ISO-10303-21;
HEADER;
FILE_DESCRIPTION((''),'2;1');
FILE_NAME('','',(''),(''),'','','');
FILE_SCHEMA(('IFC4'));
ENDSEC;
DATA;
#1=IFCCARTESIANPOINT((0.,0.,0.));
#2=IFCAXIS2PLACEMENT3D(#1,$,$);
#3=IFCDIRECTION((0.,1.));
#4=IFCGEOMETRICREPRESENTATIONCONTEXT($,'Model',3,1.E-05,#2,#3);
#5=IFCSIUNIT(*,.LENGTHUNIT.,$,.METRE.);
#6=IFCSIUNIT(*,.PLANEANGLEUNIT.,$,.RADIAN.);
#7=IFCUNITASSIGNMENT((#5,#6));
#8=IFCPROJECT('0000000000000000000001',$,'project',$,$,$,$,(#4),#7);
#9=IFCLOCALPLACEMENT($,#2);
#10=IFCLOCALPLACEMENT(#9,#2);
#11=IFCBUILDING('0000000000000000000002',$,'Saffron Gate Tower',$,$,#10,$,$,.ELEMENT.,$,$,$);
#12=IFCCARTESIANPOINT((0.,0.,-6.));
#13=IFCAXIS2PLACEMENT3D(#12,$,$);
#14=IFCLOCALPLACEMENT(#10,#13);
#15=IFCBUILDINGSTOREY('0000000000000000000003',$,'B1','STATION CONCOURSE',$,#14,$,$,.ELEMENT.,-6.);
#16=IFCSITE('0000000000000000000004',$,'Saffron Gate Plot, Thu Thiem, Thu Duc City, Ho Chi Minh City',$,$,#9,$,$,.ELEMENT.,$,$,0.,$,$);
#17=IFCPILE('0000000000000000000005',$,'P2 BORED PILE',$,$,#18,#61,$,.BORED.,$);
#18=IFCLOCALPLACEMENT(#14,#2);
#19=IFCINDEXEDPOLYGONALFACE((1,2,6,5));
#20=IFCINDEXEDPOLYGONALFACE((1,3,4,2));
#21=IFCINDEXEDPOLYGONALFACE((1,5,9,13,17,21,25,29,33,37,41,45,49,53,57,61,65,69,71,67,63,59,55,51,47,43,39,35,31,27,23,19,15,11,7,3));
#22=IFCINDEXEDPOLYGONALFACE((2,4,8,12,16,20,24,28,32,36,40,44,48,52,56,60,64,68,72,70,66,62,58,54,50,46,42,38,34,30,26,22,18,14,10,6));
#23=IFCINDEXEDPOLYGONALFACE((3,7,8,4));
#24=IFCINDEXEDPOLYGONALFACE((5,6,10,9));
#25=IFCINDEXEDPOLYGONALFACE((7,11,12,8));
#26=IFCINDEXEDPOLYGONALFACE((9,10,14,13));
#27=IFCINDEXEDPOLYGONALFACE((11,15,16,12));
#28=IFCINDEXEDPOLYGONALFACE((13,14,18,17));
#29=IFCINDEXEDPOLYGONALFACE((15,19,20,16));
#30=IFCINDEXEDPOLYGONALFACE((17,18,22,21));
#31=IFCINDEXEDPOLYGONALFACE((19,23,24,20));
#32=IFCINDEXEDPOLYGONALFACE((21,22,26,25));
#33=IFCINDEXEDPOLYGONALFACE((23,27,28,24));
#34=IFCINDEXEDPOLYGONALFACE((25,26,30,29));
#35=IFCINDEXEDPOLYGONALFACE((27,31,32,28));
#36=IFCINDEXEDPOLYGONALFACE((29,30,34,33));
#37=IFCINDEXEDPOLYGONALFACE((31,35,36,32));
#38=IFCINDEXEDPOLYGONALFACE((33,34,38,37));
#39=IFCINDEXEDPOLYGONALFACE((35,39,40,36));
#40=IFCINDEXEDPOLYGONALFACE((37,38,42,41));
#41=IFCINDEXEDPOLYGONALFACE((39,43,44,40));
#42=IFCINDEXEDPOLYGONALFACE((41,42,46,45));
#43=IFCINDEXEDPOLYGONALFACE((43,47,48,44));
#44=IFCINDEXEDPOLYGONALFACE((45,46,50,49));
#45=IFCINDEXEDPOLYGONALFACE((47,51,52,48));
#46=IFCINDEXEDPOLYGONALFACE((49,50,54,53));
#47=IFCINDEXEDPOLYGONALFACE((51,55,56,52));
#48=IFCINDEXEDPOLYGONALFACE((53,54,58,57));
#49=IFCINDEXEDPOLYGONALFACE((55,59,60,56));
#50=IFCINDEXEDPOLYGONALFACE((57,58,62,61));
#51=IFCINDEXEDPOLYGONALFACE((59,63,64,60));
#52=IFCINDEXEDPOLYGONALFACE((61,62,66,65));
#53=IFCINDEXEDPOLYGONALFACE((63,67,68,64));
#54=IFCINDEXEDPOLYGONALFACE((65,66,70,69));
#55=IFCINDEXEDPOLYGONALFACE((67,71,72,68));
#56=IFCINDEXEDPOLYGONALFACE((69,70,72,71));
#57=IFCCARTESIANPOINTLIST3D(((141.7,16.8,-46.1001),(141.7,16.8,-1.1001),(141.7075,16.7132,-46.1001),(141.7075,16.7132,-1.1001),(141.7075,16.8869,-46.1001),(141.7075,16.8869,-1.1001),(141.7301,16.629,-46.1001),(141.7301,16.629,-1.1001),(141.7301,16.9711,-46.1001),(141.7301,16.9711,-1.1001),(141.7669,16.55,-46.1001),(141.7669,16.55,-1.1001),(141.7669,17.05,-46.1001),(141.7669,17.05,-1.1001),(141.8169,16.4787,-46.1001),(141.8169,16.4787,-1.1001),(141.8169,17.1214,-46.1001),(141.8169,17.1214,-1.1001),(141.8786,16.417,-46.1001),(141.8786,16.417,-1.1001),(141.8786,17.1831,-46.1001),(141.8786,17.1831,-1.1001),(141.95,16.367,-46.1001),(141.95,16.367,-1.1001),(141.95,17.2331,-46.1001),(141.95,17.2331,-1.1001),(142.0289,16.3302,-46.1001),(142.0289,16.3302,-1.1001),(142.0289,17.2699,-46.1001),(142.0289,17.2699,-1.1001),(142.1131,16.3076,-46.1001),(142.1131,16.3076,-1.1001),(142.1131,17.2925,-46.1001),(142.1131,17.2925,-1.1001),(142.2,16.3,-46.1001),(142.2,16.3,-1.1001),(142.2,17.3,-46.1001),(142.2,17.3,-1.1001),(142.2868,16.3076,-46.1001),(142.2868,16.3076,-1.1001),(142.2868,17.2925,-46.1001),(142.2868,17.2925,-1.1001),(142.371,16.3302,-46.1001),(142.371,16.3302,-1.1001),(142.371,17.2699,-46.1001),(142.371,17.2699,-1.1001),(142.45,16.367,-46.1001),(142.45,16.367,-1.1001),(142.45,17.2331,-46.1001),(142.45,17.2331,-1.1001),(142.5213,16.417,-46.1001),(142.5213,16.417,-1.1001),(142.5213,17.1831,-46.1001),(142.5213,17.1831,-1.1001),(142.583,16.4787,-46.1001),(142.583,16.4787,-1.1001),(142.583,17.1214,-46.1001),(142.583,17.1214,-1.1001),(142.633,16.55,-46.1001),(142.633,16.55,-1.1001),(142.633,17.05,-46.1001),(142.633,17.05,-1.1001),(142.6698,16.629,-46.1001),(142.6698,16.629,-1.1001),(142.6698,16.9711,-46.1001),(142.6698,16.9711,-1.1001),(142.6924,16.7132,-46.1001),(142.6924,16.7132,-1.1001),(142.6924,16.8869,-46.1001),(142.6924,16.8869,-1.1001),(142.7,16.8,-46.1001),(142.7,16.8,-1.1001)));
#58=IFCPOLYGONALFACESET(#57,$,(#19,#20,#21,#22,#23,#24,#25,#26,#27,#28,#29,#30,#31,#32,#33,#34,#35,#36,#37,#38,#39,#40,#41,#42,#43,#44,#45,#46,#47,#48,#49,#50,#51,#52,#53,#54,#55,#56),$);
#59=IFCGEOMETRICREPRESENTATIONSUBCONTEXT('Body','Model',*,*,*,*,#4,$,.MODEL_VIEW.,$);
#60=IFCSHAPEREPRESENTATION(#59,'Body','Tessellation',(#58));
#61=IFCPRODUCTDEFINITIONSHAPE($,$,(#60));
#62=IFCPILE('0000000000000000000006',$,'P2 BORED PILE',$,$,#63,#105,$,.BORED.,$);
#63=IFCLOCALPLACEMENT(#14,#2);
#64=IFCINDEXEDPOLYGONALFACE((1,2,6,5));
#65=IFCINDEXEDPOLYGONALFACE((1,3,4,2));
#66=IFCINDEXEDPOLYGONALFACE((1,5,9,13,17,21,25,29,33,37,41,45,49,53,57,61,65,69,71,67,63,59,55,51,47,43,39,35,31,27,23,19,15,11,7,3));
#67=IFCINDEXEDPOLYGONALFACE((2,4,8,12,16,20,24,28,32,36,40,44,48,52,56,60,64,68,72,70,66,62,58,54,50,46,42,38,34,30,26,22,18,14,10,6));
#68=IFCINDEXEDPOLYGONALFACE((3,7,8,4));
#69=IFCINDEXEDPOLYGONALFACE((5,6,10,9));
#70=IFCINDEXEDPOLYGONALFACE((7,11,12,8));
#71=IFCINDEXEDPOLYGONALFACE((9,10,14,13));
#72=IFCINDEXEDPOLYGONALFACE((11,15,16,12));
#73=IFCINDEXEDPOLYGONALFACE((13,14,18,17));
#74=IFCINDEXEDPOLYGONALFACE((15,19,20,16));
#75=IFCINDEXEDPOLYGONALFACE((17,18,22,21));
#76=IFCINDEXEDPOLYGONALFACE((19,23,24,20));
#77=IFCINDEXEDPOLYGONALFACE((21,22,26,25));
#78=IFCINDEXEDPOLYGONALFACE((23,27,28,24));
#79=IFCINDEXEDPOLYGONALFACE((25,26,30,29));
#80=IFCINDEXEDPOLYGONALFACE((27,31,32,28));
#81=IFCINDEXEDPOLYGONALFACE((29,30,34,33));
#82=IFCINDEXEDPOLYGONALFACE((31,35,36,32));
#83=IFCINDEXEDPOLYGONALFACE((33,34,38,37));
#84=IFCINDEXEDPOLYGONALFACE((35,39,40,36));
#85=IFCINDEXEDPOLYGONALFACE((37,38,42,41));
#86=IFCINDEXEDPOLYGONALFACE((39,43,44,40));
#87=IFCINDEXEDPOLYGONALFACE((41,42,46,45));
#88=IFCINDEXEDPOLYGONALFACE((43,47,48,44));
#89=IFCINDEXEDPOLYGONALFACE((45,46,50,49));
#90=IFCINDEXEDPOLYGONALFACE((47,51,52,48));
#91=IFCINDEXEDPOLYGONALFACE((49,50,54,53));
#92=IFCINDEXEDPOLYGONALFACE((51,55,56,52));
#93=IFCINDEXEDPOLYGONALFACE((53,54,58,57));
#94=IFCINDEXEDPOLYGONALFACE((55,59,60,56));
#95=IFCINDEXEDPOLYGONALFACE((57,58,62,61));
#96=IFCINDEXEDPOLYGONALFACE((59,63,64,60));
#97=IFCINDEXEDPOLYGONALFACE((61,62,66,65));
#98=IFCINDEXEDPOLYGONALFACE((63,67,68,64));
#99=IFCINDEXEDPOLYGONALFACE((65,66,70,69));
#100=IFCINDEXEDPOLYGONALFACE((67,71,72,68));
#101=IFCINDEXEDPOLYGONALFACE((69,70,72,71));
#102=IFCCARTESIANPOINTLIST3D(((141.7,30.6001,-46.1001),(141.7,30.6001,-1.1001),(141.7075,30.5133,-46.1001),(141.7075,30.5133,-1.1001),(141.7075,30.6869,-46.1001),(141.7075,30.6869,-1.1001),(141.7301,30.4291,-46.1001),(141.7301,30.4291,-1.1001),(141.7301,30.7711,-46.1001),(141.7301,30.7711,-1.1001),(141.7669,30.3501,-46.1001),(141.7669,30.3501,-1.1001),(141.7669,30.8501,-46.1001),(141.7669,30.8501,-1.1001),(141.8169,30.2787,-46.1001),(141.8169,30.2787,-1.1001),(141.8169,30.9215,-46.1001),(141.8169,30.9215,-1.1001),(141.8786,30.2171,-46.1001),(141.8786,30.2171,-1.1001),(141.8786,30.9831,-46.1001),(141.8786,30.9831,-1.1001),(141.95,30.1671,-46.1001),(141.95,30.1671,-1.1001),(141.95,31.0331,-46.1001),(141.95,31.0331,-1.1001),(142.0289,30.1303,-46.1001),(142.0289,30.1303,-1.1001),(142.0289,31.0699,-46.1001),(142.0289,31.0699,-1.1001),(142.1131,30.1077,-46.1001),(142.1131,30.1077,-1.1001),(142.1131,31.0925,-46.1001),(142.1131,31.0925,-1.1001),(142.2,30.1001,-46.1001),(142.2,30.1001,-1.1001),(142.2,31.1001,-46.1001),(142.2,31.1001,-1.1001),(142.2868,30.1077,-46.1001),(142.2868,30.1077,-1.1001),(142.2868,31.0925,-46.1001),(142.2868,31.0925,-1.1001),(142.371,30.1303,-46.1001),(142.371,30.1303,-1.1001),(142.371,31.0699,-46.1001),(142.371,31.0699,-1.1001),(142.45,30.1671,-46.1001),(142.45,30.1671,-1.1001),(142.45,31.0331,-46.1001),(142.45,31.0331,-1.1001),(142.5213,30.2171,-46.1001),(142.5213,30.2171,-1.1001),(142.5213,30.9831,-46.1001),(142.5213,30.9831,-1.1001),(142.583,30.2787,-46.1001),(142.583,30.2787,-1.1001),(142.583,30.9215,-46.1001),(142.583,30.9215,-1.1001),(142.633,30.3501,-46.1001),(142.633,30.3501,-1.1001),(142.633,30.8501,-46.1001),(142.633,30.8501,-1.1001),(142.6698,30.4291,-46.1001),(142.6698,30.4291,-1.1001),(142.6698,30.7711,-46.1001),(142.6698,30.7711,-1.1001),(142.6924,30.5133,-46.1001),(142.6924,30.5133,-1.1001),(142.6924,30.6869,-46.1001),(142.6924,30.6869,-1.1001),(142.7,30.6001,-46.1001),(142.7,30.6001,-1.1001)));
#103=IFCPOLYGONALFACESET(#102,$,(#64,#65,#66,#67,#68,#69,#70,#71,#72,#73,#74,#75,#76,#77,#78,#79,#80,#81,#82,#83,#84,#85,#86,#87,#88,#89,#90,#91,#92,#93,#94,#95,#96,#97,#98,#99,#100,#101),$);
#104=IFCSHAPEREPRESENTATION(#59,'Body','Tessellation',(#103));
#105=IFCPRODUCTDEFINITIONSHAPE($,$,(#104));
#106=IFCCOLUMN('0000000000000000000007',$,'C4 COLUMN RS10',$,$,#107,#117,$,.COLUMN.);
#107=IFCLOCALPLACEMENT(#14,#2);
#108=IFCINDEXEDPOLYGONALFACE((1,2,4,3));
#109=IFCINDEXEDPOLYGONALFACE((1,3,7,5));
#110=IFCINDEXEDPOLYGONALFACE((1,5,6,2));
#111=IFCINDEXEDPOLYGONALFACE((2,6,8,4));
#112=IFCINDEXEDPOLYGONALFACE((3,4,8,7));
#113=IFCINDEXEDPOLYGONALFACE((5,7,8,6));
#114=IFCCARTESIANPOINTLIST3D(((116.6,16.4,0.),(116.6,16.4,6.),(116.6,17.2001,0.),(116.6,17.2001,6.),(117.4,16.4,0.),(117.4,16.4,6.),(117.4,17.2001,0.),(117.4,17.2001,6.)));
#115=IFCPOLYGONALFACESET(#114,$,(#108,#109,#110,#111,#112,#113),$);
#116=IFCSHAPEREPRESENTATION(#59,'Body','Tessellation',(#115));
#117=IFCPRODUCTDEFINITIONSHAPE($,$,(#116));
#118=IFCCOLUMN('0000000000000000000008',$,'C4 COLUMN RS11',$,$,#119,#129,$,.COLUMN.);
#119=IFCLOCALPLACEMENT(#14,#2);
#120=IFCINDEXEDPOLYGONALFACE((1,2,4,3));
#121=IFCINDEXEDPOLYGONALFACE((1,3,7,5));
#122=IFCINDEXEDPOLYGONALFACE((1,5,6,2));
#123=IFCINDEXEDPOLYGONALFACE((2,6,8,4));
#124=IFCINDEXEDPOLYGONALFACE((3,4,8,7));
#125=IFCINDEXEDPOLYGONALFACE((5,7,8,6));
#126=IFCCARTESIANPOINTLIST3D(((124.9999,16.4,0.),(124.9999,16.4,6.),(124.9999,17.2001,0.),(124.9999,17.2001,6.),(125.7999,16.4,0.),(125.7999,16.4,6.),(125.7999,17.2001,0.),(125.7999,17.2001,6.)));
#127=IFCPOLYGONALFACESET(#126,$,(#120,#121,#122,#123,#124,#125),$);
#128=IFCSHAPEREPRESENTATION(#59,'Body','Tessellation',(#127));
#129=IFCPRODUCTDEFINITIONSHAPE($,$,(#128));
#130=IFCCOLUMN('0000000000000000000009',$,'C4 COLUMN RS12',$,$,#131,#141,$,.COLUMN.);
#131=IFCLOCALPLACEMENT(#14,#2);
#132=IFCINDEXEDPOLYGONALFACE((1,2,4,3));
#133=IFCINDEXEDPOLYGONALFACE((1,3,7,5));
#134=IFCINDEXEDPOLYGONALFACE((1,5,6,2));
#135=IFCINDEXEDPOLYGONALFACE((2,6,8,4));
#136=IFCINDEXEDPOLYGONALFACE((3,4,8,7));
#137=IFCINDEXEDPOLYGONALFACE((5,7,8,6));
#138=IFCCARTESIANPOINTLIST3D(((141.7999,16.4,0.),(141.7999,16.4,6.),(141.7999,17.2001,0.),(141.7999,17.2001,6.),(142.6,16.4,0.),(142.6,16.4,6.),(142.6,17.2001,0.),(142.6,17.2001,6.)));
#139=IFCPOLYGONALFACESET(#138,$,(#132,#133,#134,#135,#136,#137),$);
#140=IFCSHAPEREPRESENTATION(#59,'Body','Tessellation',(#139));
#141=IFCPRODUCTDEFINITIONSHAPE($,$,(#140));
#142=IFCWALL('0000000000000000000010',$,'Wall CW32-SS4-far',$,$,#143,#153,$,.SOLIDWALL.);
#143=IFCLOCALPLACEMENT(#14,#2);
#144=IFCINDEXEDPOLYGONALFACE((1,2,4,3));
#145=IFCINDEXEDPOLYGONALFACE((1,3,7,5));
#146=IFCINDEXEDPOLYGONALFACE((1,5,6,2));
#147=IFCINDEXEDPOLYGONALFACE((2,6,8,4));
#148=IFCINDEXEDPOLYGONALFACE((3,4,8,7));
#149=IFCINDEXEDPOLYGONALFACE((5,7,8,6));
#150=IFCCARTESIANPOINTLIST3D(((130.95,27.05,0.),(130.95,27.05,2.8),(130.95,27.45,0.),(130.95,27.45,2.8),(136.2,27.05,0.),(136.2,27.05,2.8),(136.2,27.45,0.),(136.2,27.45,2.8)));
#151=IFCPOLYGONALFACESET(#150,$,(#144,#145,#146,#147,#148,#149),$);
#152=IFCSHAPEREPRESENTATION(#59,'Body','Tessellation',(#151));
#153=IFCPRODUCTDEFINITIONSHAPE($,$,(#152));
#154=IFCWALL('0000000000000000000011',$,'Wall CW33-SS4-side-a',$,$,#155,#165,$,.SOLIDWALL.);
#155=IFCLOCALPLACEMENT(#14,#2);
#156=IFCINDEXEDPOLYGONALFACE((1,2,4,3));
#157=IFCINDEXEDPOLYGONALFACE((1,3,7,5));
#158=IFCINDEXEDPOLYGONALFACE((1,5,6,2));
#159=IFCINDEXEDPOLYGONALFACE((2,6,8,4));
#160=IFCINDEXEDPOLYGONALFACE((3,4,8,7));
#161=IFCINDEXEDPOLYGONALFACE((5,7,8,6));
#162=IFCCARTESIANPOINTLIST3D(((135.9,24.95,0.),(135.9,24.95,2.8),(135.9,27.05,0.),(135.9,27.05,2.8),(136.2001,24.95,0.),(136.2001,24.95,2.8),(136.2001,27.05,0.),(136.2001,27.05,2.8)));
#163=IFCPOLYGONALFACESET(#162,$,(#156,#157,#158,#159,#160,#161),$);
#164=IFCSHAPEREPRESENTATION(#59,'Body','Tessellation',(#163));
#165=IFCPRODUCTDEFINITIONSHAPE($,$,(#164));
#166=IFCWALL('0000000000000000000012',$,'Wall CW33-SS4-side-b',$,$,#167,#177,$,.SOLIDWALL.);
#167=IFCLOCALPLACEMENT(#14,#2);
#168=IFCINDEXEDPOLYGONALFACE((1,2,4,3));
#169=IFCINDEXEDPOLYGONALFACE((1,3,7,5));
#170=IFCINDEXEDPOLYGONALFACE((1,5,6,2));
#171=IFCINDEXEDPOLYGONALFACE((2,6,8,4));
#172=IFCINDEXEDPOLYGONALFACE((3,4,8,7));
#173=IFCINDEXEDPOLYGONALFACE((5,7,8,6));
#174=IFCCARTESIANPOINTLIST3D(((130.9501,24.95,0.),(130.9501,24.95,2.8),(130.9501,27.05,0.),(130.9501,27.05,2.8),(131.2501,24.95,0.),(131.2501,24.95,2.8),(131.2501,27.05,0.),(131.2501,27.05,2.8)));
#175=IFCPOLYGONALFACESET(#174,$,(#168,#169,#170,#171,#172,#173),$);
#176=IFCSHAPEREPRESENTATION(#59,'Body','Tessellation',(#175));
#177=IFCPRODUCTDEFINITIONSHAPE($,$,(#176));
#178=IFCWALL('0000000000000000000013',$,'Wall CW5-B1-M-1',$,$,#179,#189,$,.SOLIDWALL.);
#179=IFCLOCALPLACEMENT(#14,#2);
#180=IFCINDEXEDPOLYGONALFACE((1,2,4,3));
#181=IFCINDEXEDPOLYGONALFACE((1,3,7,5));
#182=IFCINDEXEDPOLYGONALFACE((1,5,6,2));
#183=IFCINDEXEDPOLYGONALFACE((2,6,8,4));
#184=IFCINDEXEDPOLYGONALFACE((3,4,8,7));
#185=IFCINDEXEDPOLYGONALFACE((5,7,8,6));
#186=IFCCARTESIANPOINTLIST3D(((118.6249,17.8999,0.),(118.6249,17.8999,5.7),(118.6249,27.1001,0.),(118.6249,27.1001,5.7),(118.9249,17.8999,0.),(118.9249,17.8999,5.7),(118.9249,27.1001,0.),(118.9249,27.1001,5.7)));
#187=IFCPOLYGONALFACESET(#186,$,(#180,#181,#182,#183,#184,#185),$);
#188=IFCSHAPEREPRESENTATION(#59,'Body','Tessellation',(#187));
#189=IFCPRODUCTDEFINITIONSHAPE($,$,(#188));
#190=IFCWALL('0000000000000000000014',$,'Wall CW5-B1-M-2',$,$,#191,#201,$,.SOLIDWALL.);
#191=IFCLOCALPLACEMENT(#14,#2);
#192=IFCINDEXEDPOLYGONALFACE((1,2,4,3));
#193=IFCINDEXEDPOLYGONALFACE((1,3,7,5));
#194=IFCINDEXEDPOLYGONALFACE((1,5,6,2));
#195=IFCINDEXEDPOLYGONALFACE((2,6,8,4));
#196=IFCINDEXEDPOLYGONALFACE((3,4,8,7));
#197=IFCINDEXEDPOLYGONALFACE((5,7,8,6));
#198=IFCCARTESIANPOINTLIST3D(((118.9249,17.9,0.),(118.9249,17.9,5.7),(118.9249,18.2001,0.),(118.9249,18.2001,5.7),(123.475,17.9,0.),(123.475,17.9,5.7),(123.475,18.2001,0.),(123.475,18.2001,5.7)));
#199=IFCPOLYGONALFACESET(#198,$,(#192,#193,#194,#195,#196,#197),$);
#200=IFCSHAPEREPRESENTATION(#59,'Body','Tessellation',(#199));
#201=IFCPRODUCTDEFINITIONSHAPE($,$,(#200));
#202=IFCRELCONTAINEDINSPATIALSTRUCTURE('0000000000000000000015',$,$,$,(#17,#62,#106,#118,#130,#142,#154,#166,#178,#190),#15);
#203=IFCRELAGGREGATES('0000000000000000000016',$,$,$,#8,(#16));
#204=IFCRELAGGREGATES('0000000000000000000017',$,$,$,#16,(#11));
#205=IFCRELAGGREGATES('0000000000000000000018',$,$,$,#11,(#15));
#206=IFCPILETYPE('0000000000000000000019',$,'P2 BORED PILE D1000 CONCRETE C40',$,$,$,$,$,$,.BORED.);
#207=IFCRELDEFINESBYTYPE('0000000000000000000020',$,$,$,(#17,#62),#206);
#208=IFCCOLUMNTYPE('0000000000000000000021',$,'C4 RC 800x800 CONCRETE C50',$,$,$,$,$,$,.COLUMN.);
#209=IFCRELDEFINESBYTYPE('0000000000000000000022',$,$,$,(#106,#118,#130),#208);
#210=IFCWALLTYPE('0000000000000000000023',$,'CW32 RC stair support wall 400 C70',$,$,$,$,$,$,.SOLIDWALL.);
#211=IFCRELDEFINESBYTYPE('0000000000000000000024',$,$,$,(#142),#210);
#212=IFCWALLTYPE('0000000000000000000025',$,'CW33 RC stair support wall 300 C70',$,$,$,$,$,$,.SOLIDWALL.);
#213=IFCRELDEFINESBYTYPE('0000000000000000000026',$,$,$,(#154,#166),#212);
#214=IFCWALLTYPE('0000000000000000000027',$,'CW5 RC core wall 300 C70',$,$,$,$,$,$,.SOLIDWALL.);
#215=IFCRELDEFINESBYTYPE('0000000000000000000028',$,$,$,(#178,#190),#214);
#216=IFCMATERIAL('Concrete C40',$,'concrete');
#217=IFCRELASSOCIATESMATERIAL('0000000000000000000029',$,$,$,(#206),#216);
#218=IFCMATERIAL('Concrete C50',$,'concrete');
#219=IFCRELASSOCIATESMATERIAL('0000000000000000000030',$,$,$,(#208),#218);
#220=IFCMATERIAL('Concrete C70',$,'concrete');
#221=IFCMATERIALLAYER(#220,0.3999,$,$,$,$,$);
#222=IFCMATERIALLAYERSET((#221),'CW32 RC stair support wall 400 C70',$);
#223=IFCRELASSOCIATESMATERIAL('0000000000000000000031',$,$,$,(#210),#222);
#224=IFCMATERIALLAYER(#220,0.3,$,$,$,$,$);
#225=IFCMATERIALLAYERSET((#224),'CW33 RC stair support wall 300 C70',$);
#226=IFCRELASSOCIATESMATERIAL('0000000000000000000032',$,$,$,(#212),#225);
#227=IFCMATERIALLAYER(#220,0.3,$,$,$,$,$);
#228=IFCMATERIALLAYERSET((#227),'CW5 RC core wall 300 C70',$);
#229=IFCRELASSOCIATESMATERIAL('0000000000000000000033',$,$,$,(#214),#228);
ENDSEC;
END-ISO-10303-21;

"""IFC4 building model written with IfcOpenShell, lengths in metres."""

from ifc_helpers import new_model, si_unit, direction, frame, frame_2d, origin, origin_2d, place, context, subcontext, project, spatial, rectangle, circle, extrude, material, layer, layer_set, material_profile, profile_set, type_object, element, save


model = new_model("IFC4")

# Units and contexts
model_context = context("Model", 3, precision=1e-05, world=origin(), true_north=direction((0.0, 1.0)))
body_context = subcontext(model_context, "Body", "Model", "MODEL_VIEW")
ifc_project = project(units=[si_unit("LENGTHUNIT", "METRE"), si_unit("PLANEANGLEUNIT", "RADIAN")], contexts=[model_context])

# Site, building, storey
site_placement = place(None, origin())
site = spatial("IfcSite", under=ifc_project, at=site_placement, Name="Saffron Gate Plot, Thu Thiem, Thu Duc City, Ho Chi Minh City", CompositionType="ELEMENT", RefElevation=0.0)
building_placement = place(site_placement, origin())
building = spatial("IfcBuilding", under=site, at=building_placement, Name="Saffron Gate Tower", CompositionType="ELEMENT")
storey_placement = place(building_placement, frame((0.0, 0.0, -6.0)))
storey = spatial("IfcBuildingStorey", under=building, at=storey_placement, Name="B1", Description="STATION CONCOURSE", CompositionType="ELEMENT", Elevation=-6.0)

# Piles
ifc_material_1 = material(Name="Concrete C40", Category="concrete")
ifc_material_profile_1 = material_profile(ifc_material_1, circle(Radius=0.5, at=origin_2d()))
ifc_profile_set_1 = profile_set([ifc_material_profile_1], Name="Concrete C40")
pile_type = type_object("IfcPileType", Name="P2 BORED PILE D1000 CONCRETE C40", PredefinedType="BORED", material=ifc_profile_set_1)
for number, where, z_axis, x_axis, name in (
    (1, (142.2, 16.8, -1.1001), (0.0, 0.0, -1.0), (1.0, 0.0, 0.0), "P2 BORED PILE"),
    (2, (142.2, 30.6001, -1.1001), (0.0, 0.0, -1.0), (1.0, 0.0, 0.0), "P2 BORED PILE"),
):
    element("IfcPile", number, at=place(storey_placement, frame(where, z_axis=z_axis, x_axis=x_axis)), inside=storey, type_object=pile_type, Name=name, PredefinedType="BORED", context=body_context, shape_type="SweptSolid", body=[
        extrude(circle(Radius=0.5, at=origin_2d()), origin(), (0.0, 0.0, 1.0), 45.0),
    ])

# Columns
ifc_material_2 = material(Name="Concrete C50", Category="concrete")
ifc_material_profile_2 = material_profile(ifc_material_2, rectangle(XDim=0.8, YDim=0.8, at=origin_2d()))
ifc_profile_set_2 = profile_set([ifc_material_profile_2], Name="Concrete C50")
column_type = type_object("IfcColumnType", Name="C4 RC 800x800 CONCRETE C50", PredefinedType="COLUMN", material=ifc_profile_set_2)
for number, where, z_axis, x_axis, name in (
    (3, (117.0, 16.8, 0.0), (0.0, 0.0, 1.0), (1.0, 0.0, 0.0), "C4 COLUMN RS10"),
    (4, (125.3999, 16.8, 0.0), (0.0, 0.0, 1.0), (1.0, 0.0, 0.0), "C4 COLUMN RS11"),
    (5, (142.2, 16.8, 0.0), (0.0, 0.0, 1.0), (1.0, 0.0, 0.0), "C4 COLUMN RS12"),
):
    element("IfcColumn", number, at=place(storey_placement, frame(where, z_axis=z_axis, x_axis=x_axis)), inside=storey, type_object=column_type, Name=name, PredefinedType="COLUMN", context=body_context, shape_type="SweptSolid", body=[
        extrude(rectangle(XDim=0.8, YDim=0.8, at=origin_2d()), origin(), (0.0, 0.0, 1.0), 6.0),
    ])

# Walls
ifc_material_3 = material(Name="Concrete C70", Category="concrete")
ifc_layer_1 = layer(ifc_material_3, 0.3999)
ifc_layer_set_1 = layer_set([ifc_layer_1], Name="CW32 RC stair support wall 400 C70")
wall_type_1 = type_object("IfcWallType", Name="CW32 RC stair support wall 400 C70", PredefinedType="SOLIDWALL", material=ifc_layer_set_1)
wall_1_placement = place(storey_placement, frame((136.2, 27.25, 0.0), z_axis=(0.0, 0.0, 1.0), x_axis=(-1.0, 0.0, 0.0)))
element("IfcWall", 6, at=wall_1_placement, inside=storey, type_object=wall_type_1, Name="Wall CW32-SS4-far", PredefinedType="SOLIDWALL", context=body_context, shape_type="SweptSolid", body=[
    extrude(rectangle(XDim=5.25, YDim=0.3999, at=frame_2d((2.625, 0.0))), origin(), (0.0, 0.0, 1.0), 2.8),
])
ifc_layer_2 = layer(ifc_material_3, 0.3)
ifc_layer_set_2 = layer_set([ifc_layer_2], Name="CW33 RC stair support wall 300 C70")
wall_type_2 = type_object("IfcWallType", Name="CW33 RC stair support wall 300 C70", PredefinedType="SOLIDWALL", material=ifc_layer_set_2)
for number, where, z_axis, x_axis, name in (
    (7, (136.05, 24.95, 0.0), (0.0, 0.0, 1.0), (0.0, 1.0, 0.0), "Wall CW33-SS4-side-a"),
    (8, (131.1001, 24.95, 0.0), (0.0, 0.0, 1.0), (0.0, 1.0, 0.0), "Wall CW33-SS4-side-b"),
):
    element("IfcWall", number, at=place(storey_placement, frame(where, z_axis=z_axis, x_axis=x_axis)), inside=storey, type_object=wall_type_2, Name=name, PredefinedType="SOLIDWALL", context=body_context, shape_type="SweptSolid", body=[
        extrude(rectangle(XDim=2.1001, YDim=0.3, at=frame_2d((1.05, 0.0))), origin(), (0.0, 0.0, 1.0), 2.8),
    ])
ifc_layer_3 = layer(ifc_material_3, 0.3)
ifc_layer_set_3 = layer_set([ifc_layer_3], Name="CW5 RC core wall 300 C70")
wall_type_3 = type_object("IfcWallType", Name="CW5 RC core wall 300 C70", PredefinedType="SOLIDWALL", material=ifc_layer_set_3)
wall_2_placement = place(storey_placement, frame((118.7749, 17.8999, 0.0), z_axis=(0.0, 0.0, 1.0), x_axis=(0.0, 1.0, 0.0)))
element("IfcWall", 9, at=wall_2_placement, inside=storey, type_object=wall_type_3, Name="Wall CW5-B1-M-1", PredefinedType="SOLIDWALL", context=body_context, shape_type="SweptSolid", body=[
    extrude(rectangle(XDim=9.2002, YDim=0.3, at=frame_2d((4.6001, 0.0))), origin(), (0.0, 0.0, 1.0), 5.7),
])
wall_3_placement = place(storey_placement, frame((118.925, 18.05, 0.0), z_axis=(0.0, 0.0, 1.0), x_axis=(1.0, 0.0, 0.0)))
element("IfcWall", 10, at=wall_3_placement, inside=storey, type_object=wall_type_3, Name="Wall CW5-B1-M-2", PredefinedType="SOLIDWALL", context=body_context, shape_type="SweptSolid", body=[
    extrude(rectangle(XDim=4.55, YDim=0.3, at=frame_2d((2.2749, 0.0))), origin(), (0.0, 0.0, 1.0), 5.7),
])

save(model, "model.ifc")
